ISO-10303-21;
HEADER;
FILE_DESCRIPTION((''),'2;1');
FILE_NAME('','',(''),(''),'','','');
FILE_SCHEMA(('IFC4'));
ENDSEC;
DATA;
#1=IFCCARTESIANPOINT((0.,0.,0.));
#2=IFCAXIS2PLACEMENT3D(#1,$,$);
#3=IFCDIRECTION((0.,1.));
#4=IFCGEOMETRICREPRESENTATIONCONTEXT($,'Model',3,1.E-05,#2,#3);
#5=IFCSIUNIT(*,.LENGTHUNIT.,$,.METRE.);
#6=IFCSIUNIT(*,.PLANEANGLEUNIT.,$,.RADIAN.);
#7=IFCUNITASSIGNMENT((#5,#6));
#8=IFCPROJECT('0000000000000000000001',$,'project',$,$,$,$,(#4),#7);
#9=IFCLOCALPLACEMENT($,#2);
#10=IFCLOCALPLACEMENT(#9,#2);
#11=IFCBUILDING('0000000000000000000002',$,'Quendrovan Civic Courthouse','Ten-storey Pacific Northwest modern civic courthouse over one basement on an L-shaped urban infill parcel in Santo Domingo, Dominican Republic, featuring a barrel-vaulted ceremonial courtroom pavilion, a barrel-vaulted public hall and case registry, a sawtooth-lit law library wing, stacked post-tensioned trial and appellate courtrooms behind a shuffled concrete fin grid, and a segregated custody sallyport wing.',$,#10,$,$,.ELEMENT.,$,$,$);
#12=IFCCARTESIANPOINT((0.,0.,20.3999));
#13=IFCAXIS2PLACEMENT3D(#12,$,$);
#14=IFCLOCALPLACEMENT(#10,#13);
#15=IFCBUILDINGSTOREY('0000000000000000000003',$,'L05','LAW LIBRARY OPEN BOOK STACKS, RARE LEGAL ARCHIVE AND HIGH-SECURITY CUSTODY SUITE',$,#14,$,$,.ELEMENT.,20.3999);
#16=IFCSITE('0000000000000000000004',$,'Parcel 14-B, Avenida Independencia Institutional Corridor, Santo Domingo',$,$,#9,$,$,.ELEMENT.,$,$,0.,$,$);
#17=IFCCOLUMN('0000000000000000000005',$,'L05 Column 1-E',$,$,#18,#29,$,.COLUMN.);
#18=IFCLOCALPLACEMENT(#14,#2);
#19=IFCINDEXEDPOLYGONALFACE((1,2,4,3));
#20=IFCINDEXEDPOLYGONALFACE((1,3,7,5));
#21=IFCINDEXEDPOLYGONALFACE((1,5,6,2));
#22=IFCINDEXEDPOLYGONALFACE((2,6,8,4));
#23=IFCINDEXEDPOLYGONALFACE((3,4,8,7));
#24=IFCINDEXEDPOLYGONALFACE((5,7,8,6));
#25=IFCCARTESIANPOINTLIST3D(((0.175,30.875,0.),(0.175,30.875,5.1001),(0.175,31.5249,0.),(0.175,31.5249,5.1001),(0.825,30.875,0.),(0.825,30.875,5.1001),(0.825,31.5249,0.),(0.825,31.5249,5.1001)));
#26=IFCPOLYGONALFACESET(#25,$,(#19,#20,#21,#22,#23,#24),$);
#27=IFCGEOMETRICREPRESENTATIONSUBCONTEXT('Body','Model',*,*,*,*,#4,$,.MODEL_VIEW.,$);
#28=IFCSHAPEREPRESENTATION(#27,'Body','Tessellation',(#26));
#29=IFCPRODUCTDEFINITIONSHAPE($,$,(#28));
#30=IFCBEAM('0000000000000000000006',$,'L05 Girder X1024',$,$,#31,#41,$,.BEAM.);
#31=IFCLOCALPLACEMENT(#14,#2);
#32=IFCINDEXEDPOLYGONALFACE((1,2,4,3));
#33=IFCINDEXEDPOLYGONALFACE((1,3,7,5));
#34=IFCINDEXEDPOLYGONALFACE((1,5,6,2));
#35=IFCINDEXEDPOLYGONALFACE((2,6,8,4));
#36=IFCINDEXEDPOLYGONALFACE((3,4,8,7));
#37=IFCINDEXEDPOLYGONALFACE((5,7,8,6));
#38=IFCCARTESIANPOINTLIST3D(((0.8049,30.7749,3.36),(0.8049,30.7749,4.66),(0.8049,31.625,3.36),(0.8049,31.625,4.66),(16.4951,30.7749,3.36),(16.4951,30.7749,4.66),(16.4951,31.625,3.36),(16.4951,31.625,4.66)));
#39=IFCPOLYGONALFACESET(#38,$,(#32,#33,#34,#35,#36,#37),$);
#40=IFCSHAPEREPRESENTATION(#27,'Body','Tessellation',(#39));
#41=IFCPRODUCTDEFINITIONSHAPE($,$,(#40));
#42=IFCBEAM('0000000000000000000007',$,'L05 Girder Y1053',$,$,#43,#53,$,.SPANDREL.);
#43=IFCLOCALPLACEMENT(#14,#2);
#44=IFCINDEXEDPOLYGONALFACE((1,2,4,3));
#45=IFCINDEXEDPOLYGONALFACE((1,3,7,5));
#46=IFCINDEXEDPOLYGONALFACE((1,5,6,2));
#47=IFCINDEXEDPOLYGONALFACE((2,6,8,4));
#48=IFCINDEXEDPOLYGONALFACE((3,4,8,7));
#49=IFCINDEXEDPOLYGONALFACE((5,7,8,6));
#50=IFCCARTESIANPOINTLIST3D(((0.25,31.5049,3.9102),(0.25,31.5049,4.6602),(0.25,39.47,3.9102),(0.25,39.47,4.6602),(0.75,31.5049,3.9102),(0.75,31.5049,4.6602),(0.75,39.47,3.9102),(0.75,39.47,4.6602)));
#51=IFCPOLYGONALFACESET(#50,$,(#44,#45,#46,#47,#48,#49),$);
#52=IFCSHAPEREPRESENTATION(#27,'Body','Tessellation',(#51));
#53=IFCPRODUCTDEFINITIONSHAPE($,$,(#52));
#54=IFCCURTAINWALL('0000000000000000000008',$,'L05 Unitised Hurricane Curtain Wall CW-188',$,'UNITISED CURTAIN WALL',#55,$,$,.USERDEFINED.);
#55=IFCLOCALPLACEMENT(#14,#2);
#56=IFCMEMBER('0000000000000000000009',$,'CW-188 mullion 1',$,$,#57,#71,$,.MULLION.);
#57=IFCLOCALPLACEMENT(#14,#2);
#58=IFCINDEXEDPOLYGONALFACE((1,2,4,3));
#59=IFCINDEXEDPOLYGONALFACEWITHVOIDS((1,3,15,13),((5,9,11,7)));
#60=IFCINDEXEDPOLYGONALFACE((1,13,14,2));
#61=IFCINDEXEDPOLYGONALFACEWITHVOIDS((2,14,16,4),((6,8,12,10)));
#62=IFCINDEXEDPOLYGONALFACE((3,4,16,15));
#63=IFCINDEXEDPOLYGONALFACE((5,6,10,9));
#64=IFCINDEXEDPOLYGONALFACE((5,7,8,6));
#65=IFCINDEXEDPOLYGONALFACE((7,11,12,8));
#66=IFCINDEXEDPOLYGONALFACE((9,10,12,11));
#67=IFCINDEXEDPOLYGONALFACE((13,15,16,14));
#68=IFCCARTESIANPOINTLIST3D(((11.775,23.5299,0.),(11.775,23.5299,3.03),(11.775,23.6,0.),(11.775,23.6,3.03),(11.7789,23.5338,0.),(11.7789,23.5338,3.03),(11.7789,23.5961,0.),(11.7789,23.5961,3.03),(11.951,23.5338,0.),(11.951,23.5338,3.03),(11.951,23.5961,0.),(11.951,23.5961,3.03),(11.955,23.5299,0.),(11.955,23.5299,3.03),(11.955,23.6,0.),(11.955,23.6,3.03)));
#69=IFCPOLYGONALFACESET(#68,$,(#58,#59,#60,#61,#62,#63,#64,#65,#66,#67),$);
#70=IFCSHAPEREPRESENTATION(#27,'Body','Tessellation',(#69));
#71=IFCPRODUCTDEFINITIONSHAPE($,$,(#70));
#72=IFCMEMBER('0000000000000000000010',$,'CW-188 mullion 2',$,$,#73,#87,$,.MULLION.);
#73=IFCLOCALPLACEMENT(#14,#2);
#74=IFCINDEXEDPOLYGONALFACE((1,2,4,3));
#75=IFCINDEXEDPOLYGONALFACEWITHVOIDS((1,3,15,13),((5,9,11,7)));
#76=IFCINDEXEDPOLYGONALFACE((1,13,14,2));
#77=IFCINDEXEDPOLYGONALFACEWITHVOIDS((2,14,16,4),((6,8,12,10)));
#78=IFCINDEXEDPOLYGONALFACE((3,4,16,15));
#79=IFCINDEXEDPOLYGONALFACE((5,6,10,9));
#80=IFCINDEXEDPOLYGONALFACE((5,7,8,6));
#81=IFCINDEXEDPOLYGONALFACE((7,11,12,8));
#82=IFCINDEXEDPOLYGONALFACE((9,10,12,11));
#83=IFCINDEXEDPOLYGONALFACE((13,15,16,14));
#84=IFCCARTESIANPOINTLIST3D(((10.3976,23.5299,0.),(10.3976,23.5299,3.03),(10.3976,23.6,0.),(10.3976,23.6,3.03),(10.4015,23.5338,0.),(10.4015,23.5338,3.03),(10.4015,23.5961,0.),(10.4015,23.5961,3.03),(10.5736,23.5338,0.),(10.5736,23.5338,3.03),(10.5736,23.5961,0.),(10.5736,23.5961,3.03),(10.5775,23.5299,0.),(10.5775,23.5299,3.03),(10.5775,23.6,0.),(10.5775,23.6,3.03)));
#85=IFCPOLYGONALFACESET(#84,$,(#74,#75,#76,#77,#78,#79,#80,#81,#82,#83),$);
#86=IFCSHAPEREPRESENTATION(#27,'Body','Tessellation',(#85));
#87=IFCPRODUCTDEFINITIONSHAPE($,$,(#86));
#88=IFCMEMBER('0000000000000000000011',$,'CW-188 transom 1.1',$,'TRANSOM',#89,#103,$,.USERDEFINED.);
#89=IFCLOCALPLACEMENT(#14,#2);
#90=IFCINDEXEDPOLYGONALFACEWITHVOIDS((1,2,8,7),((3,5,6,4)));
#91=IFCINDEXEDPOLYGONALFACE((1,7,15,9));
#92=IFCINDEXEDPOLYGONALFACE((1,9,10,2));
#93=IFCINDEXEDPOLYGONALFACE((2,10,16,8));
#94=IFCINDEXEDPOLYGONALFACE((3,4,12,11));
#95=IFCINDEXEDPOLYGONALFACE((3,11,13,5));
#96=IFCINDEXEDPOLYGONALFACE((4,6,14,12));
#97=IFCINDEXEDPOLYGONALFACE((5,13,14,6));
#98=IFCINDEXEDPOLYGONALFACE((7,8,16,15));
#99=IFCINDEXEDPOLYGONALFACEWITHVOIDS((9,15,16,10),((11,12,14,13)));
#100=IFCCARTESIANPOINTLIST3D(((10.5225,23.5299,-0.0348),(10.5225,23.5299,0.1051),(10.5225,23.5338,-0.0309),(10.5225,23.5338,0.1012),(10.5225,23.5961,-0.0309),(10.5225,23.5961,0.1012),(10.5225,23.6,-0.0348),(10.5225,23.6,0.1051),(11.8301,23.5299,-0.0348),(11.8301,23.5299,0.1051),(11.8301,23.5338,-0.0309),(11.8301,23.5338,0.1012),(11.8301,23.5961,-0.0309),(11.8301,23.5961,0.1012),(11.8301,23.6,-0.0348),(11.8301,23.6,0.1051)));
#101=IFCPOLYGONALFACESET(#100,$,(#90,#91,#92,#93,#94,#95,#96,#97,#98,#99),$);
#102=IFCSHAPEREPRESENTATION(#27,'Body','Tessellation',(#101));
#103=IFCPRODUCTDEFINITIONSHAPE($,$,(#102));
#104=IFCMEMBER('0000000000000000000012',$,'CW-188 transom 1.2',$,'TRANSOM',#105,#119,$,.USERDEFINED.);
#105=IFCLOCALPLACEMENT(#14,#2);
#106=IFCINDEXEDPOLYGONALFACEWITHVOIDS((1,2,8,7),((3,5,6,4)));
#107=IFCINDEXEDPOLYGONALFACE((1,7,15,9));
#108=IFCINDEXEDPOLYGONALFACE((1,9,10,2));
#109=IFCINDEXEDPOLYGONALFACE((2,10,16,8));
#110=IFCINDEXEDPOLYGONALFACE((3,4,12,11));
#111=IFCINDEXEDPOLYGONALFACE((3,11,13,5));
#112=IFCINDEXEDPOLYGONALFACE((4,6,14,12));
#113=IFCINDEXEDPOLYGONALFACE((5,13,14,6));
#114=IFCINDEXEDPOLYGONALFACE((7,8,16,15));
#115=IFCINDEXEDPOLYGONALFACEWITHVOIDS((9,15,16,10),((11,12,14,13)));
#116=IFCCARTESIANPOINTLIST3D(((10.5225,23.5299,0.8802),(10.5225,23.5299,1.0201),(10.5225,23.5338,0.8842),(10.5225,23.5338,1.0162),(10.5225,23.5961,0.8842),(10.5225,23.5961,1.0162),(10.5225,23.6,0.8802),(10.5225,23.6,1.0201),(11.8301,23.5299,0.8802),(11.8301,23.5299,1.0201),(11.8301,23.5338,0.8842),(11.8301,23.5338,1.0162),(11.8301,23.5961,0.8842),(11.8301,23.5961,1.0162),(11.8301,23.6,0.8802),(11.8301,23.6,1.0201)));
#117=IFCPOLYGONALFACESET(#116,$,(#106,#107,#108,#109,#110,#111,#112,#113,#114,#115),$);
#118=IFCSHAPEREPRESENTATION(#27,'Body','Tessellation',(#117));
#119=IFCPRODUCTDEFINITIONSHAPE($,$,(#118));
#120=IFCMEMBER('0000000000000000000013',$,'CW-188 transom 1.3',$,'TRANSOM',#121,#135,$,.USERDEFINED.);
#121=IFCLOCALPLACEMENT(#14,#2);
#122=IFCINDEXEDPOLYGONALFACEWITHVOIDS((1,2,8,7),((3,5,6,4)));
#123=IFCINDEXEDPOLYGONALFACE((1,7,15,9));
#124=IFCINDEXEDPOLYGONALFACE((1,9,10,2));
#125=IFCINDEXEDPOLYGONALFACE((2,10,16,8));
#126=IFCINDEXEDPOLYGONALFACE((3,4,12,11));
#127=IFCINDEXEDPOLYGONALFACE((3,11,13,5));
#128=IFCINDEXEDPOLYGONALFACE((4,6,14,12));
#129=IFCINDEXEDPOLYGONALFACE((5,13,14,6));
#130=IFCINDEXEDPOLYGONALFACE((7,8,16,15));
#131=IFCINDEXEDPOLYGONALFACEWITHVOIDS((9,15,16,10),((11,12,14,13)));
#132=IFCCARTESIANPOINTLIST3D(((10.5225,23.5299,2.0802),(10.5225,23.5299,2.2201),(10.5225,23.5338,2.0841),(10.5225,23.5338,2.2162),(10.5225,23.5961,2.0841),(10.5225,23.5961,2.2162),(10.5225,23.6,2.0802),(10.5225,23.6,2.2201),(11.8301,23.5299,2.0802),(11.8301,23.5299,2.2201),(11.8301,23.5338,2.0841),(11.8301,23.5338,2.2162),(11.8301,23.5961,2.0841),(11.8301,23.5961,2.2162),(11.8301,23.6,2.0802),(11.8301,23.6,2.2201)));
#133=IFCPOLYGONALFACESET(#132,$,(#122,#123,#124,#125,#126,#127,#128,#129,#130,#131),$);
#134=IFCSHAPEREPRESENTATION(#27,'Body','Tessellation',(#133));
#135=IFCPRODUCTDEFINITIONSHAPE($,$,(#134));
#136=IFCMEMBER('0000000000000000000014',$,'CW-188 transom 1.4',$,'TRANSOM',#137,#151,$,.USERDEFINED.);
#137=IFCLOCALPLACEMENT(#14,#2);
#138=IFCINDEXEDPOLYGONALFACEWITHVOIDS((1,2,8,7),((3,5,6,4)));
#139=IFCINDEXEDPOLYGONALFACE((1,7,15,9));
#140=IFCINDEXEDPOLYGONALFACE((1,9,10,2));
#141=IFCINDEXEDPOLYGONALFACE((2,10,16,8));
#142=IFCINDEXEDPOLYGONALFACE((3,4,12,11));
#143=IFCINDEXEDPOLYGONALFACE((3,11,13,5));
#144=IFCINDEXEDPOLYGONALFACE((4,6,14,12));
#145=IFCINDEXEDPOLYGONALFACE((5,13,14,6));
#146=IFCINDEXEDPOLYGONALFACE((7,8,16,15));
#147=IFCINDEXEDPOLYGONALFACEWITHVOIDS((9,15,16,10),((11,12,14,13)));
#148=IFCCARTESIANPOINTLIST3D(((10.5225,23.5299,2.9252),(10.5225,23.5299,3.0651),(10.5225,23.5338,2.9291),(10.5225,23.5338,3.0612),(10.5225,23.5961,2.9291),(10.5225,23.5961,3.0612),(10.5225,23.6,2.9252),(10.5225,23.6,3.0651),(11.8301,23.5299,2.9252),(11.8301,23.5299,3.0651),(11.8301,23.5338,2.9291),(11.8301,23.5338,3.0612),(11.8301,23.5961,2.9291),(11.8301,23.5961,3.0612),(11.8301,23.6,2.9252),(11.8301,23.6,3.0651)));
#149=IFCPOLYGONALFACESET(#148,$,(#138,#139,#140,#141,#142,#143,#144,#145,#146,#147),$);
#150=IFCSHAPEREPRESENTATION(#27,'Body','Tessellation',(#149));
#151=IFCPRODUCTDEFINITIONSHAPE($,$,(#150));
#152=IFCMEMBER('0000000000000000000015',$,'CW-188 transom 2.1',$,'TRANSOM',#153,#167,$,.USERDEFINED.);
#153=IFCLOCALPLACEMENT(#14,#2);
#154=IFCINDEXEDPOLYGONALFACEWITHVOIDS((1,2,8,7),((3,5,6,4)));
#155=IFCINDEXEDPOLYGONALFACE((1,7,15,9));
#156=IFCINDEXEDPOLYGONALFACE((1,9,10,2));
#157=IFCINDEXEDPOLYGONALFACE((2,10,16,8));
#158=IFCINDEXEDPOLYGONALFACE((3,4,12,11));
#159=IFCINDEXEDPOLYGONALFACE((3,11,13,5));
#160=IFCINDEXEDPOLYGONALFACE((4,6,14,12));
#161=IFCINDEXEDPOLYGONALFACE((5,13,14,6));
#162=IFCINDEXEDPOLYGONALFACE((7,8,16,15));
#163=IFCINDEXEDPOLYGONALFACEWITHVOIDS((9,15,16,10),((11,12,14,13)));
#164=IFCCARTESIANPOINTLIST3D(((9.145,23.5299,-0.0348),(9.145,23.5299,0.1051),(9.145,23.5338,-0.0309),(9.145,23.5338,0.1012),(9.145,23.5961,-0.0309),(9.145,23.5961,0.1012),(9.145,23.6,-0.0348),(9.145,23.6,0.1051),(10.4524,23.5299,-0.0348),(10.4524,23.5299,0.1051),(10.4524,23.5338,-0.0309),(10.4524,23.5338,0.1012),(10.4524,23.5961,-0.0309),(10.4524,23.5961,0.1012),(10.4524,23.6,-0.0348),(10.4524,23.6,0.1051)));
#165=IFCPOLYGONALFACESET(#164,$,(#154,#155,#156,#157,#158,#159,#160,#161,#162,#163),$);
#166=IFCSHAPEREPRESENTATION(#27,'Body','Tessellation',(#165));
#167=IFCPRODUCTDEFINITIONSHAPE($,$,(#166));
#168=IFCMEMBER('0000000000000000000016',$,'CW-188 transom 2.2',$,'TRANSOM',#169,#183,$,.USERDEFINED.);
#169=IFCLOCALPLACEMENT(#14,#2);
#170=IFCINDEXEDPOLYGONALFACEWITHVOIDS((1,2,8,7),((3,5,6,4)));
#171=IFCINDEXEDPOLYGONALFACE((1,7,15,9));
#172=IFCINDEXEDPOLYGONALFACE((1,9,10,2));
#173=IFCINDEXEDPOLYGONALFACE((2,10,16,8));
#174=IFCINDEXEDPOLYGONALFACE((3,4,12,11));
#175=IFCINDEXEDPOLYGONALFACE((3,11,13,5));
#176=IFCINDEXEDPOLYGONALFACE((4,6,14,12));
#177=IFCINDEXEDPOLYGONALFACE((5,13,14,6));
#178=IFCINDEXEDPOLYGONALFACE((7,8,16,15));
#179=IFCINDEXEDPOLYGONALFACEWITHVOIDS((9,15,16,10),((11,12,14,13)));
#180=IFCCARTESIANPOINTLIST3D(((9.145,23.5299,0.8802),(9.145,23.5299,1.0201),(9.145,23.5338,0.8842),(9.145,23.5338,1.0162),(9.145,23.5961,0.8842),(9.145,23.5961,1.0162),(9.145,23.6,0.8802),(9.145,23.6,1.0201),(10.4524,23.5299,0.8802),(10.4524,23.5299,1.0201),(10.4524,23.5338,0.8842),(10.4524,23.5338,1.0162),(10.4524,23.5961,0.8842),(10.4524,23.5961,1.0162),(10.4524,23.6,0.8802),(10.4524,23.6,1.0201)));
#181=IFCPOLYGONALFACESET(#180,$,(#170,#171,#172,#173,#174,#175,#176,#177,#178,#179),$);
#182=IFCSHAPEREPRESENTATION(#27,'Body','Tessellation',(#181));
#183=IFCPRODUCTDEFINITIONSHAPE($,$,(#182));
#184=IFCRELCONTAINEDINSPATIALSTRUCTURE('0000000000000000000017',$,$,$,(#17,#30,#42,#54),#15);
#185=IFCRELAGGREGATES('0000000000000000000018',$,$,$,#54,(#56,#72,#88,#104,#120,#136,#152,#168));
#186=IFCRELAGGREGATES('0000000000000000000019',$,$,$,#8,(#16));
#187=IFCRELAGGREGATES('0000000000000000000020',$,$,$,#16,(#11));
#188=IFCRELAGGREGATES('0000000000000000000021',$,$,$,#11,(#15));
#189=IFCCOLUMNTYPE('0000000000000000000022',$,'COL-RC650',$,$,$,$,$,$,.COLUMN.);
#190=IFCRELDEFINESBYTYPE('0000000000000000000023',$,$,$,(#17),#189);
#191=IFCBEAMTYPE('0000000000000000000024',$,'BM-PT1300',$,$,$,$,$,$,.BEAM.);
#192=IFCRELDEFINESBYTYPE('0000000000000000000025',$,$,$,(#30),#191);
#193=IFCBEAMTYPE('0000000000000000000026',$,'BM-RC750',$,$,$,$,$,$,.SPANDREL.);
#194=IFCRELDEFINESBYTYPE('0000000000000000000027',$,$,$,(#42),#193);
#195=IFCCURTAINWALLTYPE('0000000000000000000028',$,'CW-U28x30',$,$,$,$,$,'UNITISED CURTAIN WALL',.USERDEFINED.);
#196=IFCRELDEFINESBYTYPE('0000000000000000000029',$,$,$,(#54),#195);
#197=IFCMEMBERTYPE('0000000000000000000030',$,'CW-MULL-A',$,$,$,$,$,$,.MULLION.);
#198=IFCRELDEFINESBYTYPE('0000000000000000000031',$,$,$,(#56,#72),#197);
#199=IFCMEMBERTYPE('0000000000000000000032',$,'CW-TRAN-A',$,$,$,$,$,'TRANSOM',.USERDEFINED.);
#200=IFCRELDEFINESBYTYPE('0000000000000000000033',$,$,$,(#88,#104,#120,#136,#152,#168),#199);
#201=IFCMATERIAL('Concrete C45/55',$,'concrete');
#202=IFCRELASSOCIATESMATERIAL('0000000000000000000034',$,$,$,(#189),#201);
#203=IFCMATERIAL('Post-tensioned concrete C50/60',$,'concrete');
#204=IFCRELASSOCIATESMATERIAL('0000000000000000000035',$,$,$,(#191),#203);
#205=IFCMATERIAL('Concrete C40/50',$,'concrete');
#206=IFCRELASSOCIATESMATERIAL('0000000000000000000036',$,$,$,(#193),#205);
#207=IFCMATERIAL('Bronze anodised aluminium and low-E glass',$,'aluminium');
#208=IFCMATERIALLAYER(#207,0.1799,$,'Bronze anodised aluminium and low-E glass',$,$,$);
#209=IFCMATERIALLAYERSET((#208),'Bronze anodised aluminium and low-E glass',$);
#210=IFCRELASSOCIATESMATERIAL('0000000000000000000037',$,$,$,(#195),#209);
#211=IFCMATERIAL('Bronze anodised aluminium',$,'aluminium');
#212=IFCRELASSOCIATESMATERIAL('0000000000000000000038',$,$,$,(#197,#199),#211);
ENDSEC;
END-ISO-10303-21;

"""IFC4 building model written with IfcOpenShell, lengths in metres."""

from ifc_helpers import new_model, si_unit, direction, frame, origin, origin_2d, place, context, subcontext, project, spatial, rectangle, hollow_rectangle, extrude, material, layer, layer_set, material_profile, profile_set, type_object, element, aggregate, save


model = new_model("IFC4")

# Units and contexts
model_context = context("Model", 3, precision=1e-05, world=origin(), true_north=direction((0.0, 1.0)))
body_context = subcontext(model_context, "Body", "Model", "MODEL_VIEW")
ifc_project = project(units=[si_unit("LENGTHUNIT", "METRE"), si_unit("PLANEANGLEUNIT", "RADIAN")], contexts=[model_context])

# Site, building, storey
site_placement = place(None, origin())
site = spatial("IfcSite", under=ifc_project, at=site_placement, Name="Parcel 14-B, Avenida Independencia Institutional Corridor, Santo Domingo", CompositionType="ELEMENT", RefElevation=0.0)
building_placement = place(site_placement, origin())
building = spatial("IfcBuilding", under=site, at=building_placement, Name="Quendrovan Civic Courthouse", Description="Ten-storey Pacific Northwest modern civic courthouse over one basement on an L-shaped urban infill parcel in Santo Domingo, Dominican Republic, featuring a barrel-vaulted ceremonial courtroom pavilion, a barrel-vaulted public hall and case registry, a sawtooth-lit law library wing, stacked post-tensioned trial and appellate courtrooms behind a shuffled concrete fin grid, and a segregated custody sallyport wing.", CompositionType="ELEMENT")
storey_placement = place(building_placement, frame((0.0, 0.0, 20.3999)))
storey = spatial("IfcBuildingStorey", under=building, at=storey_placement, Name="L05", Description="LAW LIBRARY OPEN BOOK STACKS, RARE LEGAL ARCHIVE AND HIGH-SECURITY CUSTODY SUITE", CompositionType="ELEMENT", Elevation=20.3999)

# Column
ifc_material_1 = material(Name="Concrete C45/55", Category="concrete")
ifc_material_profile_1 = material_profile(ifc_material_1, rectangle(XDim=0.6499, YDim=0.6499, at=origin_2d()), Name="RC-COL-650x650")
ifc_profile_set_1 = profile_set([ifc_material_profile_1], Name="Concrete C45/55")
column_type = type_object("IfcColumnType", Name="COL-RC650", PredefinedType="COLUMN", material=ifc_profile_set_1)
column_placement = place(storey_placement, frame((0.5, 31.2, 0.0), z_axis=(0.0, 0.0, 1.0), x_axis=(1.0, 0.0, 0.0)))
element("IfcColumn", 1, at=column_placement, inside=storey, type_object=column_type, Name="L05 Column 1-E", PredefinedType="COLUMN", context=body_context, shape_type="SweptSolid", body=[
    extrude(rectangle(XDim=0.6499, YDim=0.6499, at=origin_2d()), origin(), (0.0, 0.0, 1.0), 5.1001),
])

# Beams
ifc_material_2 = material(Name="Post-tensioned concrete C50/60", Category="concrete")
ifc_material_profile_2 = material_profile(ifc_material_2, rectangle(XDim=0.8501, YDim=1.3, at=origin_2d()), Name="PT-GRD-850x1300")
ifc_profile_set_2 = profile_set([ifc_material_profile_2], Name="Post-tensioned concrete C50/60")
beam_type_1 = type_object("IfcBeamType", Name="BM-PT1300", PredefinedType="BEAM", material=ifc_profile_set_2)
beam_1_placement = place(storey_placement, frame((0.8049, 31.2, 4.01), z_axis=(1.0, 0.0, 0.0), x_axis=(0.0, 1.0, 0.0)))
element("IfcBeam", 2, at=beam_1_placement, inside=storey, type_object=beam_type_1, Name="L05 Girder X1024", PredefinedType="BEAM", context=body_context, shape_type="SweptSolid", body=[
    extrude(rectangle(XDim=0.8501, YDim=1.3, at=origin_2d()), origin(), (0.0, 0.0, 1.0), 15.6902),
])
ifc_material_3 = material(Name="Concrete C40/50", Category="concrete")
ifc_material_profile_3 = material_profile(ifc_material_3, rectangle(XDim=0.5, YDim=0.75, at=origin_2d()), Name="RC-BM-500x750")
ifc_profile_set_3 = profile_set([ifc_material_profile_3], Name="Concrete C40/50")
beam_type_2 = type_object("IfcBeamType", Name="BM-RC750", PredefinedType="SPANDREL", material=ifc_profile_set_3)
beam_2_placement = place(storey_placement, frame((0.5, 31.5049, 4.2852), z_axis=(0.0, 1.0, 0.0), x_axis=(-1.0, 0.0, 0.0)))
element("IfcBeam", 3, at=beam_2_placement, inside=storey, type_object=beam_type_2, Name="L05 Girder Y1053", PredefinedType="SPANDREL", context=body_context, shape_type="SweptSolid", body=[
    extrude(rectangle(XDim=0.5, YDim=0.75, at=origin_2d()), origin(), (0.0, 0.0, 1.0), 7.9651),
])

# Curtain wall, members
ifc_material_4 = material(Name="Bronze anodised aluminium and low-E glass", Category="aluminium")
ifc_layer_1 = layer(ifc_material_4, 0.1799, Name="Bronze anodised aluminium and low-E glass")
ifc_layer_set_1 = layer_set([ifc_layer_1], Name="Bronze anodised aluminium and low-E glass")
curtain_wall_type = type_object("IfcCurtainWallType", Name="CW-U28x30", ElementType="UNITISED CURTAIN WALL", PredefinedType="USERDEFINED", material=ifc_layer_set_1)
curtain_wall_placement = place(storey_placement, origin())
curtain_wall = element("IfcCurtainWall", 4, at=curtain_wall_placement, inside=storey, type_object=curtain_wall_type, Name="L05 Unitised Hurricane Curtain Wall CW-188", ObjectType="UNITISED CURTAIN WALL", PredefinedType="USERDEFINED")
ifc_material_5 = material(Name="Bronze anodised aluminium", Category="aluminium")
ifc_material_profile_4 = material_profile(ifc_material_5, hollow_rectangle(XDim=0.0701, YDim=0.1799, WallThickness=0.0039, at=origin_2d()), Name="CW-MULL-70x180")
ifc_profile_set_4 = profile_set([ifc_material_profile_4], Name="Bronze anodised aluminium")
member_type_1 = type_object("IfcMemberType", Name="CW-MULL-A", PredefinedType="MULLION", material=ifc_profile_set_4)
member_1_placement = place(storey_placement, frame((11.865, 23.5649, 0.0), z_axis=(0.0, 0.0, 1.0), x_axis=(0.0, -1.0, 0.0)))
member_1 = element("IfcMember", 5, at=member_1_placement, type_object=member_type_1, Name="CW-188 mullion 1", PredefinedType="MULLION", context=body_context, shape_type="SweptSolid", body=[
    extrude(hollow_rectangle(XDim=0.0701, YDim=0.1799, WallThickness=0.0039, at=origin_2d()), origin(), (0.0, 0.0, 1.0), 3.03),
])
member_2_placement = place(storey_placement, frame((10.4875, 23.5649, 0.0), z_axis=(0.0, 0.0, 1.0), x_axis=(0.0, -1.0, 0.0)))
member_2 = element("IfcMember", 6, at=member_2_placement, type_object=member_type_1, Name="CW-188 mullion 2", PredefinedType="MULLION", context=body_context, shape_type="SweptSolid", body=[
    extrude(hollow_rectangle(XDim=0.0701, YDim=0.1799, WallThickness=0.0039, at=origin_2d()), origin(), (0.0, 0.0, 1.0), 3.03),
])
ifc_material_profile_5 = material_profile(ifc_material_5, hollow_rectangle(XDim=0.0701, YDim=0.1399, WallThickness=0.0039, at=origin_2d()), Name="CW-TRAN-70x140")
ifc_profile_set_5 = profile_set([ifc_material_profile_5], Name="Bronze anodised aluminium")
member_type_2 = type_object("IfcMemberType", Name="CW-TRAN-A", ElementType="TRANSOM", PredefinedType="USERDEFINED", material=ifc_profile_set_5)
member_3_placement = place(storey_placement, frame((11.8301, 23.5649, 0.0352), z_axis=(-1.0, 0.0, 0.0), x_axis=(0.0, -1.0, 0.0)))
member_3 = element("IfcMember", 7, at=member_3_placement, type_object=member_type_2, Name="CW-188 transom 1.1", ObjectType="TRANSOM", PredefinedType="USERDEFINED", context=body_context, shape_type="SweptSolid", body=[
    extrude(hollow_rectangle(XDim=0.0701, YDim=0.1399, WallThickness=0.0039, at=origin_2d()), origin(), (0.0, 0.0, 1.0), 1.3076),
])
member_4_placement = place(storey_placement, frame((11.8301, 23.5649, 0.9502), z_axis=(-1.0, 0.0, 0.0), x_axis=(0.0, -1.0, 0.0)))
member_4 = element("IfcMember", 8, at=member_4_placement, type_object=member_type_2, Name="CW-188 transom 1.2", ObjectType="TRANSOM", PredefinedType="USERDEFINED", context=body_context, shape_type="SweptSolid", body=[
    extrude(hollow_rectangle(XDim=0.0701, YDim=0.1399, WallThickness=0.0039, at=origin_2d()), origin(), (0.0, 0.0, 1.0), 1.3076),
])
member_5_placement = place(storey_placement, frame((11.8301, 23.5649, 2.1501), z_axis=(-1.0, 0.0, 0.0), x_axis=(0.0, -1.0, 0.0)))
member_5 = element("IfcMember", 9, at=member_5_placement, type_object=member_type_2, Name="CW-188 transom 1.3", ObjectType="TRANSOM", PredefinedType="USERDEFINED", context=body_context, shape_type="SweptSolid", body=[
    extrude(hollow_rectangle(XDim=0.0701, YDim=0.1399, WallThickness=0.0039, at=origin_2d()), origin(), (0.0, 0.0, 1.0), 1.3076),
])
member_6_placement = place(storey_placement, frame((11.8301, 23.5649, 2.9951), z_axis=(-1.0, 0.0, 0.0), x_axis=(0.0, -1.0, 0.0)))
member_6 = element("IfcMember", 10, at=member_6_placement, type_object=member_type_2, Name="CW-188 transom 1.4", ObjectType="TRANSOM", PredefinedType="USERDEFINED", context=body_context, shape_type="SweptSolid", body=[
    extrude(hollow_rectangle(XDim=0.0701, YDim=0.1399, WallThickness=0.0039, at=origin_2d()), origin(), (0.0, 0.0, 1.0), 1.3076),
])
member_7_placement = place(storey_placement, frame((10.4524, 23.5649, 0.0352), z_axis=(-1.0, 0.0, 0.0), x_axis=(0.0, -1.0, 0.0)))
member_7 = element("IfcMember", 11, at=member_7_placement, type_object=member_type_2, Name="CW-188 transom 2.1", ObjectType="TRANSOM", PredefinedType="USERDEFINED", context=body_context, shape_type="SweptSolid", body=[
    extrude(hollow_rectangle(XDim=0.0701, YDim=0.1399, WallThickness=0.0039, at=origin_2d()), origin(), (0.0, 0.0, 1.0), 1.3074),
])
member_8_placement = place(storey_placement, frame((10.4524, 23.5649, 0.9502), z_axis=(-1.0, 0.0, 0.0), x_axis=(0.0, -1.0, 0.0)))
member_8 = element("IfcMember", 12, at=member_8_placement, type_object=member_type_2, Name="CW-188 transom 2.2", ObjectType="TRANSOM", PredefinedType="USERDEFINED", context=body_context, shape_type="SweptSolid", body=[
    extrude(hollow_rectangle(XDim=0.0701, YDim=0.1399, WallThickness=0.0039, at=origin_2d()), origin(), (0.0, 0.0, 1.0), 1.3074),
])
aggregate(curtain_wall, [member_1, member_2, member_3, member_4, member_5, member_6, member_7, member_8])

save(model, "model.ifc")
